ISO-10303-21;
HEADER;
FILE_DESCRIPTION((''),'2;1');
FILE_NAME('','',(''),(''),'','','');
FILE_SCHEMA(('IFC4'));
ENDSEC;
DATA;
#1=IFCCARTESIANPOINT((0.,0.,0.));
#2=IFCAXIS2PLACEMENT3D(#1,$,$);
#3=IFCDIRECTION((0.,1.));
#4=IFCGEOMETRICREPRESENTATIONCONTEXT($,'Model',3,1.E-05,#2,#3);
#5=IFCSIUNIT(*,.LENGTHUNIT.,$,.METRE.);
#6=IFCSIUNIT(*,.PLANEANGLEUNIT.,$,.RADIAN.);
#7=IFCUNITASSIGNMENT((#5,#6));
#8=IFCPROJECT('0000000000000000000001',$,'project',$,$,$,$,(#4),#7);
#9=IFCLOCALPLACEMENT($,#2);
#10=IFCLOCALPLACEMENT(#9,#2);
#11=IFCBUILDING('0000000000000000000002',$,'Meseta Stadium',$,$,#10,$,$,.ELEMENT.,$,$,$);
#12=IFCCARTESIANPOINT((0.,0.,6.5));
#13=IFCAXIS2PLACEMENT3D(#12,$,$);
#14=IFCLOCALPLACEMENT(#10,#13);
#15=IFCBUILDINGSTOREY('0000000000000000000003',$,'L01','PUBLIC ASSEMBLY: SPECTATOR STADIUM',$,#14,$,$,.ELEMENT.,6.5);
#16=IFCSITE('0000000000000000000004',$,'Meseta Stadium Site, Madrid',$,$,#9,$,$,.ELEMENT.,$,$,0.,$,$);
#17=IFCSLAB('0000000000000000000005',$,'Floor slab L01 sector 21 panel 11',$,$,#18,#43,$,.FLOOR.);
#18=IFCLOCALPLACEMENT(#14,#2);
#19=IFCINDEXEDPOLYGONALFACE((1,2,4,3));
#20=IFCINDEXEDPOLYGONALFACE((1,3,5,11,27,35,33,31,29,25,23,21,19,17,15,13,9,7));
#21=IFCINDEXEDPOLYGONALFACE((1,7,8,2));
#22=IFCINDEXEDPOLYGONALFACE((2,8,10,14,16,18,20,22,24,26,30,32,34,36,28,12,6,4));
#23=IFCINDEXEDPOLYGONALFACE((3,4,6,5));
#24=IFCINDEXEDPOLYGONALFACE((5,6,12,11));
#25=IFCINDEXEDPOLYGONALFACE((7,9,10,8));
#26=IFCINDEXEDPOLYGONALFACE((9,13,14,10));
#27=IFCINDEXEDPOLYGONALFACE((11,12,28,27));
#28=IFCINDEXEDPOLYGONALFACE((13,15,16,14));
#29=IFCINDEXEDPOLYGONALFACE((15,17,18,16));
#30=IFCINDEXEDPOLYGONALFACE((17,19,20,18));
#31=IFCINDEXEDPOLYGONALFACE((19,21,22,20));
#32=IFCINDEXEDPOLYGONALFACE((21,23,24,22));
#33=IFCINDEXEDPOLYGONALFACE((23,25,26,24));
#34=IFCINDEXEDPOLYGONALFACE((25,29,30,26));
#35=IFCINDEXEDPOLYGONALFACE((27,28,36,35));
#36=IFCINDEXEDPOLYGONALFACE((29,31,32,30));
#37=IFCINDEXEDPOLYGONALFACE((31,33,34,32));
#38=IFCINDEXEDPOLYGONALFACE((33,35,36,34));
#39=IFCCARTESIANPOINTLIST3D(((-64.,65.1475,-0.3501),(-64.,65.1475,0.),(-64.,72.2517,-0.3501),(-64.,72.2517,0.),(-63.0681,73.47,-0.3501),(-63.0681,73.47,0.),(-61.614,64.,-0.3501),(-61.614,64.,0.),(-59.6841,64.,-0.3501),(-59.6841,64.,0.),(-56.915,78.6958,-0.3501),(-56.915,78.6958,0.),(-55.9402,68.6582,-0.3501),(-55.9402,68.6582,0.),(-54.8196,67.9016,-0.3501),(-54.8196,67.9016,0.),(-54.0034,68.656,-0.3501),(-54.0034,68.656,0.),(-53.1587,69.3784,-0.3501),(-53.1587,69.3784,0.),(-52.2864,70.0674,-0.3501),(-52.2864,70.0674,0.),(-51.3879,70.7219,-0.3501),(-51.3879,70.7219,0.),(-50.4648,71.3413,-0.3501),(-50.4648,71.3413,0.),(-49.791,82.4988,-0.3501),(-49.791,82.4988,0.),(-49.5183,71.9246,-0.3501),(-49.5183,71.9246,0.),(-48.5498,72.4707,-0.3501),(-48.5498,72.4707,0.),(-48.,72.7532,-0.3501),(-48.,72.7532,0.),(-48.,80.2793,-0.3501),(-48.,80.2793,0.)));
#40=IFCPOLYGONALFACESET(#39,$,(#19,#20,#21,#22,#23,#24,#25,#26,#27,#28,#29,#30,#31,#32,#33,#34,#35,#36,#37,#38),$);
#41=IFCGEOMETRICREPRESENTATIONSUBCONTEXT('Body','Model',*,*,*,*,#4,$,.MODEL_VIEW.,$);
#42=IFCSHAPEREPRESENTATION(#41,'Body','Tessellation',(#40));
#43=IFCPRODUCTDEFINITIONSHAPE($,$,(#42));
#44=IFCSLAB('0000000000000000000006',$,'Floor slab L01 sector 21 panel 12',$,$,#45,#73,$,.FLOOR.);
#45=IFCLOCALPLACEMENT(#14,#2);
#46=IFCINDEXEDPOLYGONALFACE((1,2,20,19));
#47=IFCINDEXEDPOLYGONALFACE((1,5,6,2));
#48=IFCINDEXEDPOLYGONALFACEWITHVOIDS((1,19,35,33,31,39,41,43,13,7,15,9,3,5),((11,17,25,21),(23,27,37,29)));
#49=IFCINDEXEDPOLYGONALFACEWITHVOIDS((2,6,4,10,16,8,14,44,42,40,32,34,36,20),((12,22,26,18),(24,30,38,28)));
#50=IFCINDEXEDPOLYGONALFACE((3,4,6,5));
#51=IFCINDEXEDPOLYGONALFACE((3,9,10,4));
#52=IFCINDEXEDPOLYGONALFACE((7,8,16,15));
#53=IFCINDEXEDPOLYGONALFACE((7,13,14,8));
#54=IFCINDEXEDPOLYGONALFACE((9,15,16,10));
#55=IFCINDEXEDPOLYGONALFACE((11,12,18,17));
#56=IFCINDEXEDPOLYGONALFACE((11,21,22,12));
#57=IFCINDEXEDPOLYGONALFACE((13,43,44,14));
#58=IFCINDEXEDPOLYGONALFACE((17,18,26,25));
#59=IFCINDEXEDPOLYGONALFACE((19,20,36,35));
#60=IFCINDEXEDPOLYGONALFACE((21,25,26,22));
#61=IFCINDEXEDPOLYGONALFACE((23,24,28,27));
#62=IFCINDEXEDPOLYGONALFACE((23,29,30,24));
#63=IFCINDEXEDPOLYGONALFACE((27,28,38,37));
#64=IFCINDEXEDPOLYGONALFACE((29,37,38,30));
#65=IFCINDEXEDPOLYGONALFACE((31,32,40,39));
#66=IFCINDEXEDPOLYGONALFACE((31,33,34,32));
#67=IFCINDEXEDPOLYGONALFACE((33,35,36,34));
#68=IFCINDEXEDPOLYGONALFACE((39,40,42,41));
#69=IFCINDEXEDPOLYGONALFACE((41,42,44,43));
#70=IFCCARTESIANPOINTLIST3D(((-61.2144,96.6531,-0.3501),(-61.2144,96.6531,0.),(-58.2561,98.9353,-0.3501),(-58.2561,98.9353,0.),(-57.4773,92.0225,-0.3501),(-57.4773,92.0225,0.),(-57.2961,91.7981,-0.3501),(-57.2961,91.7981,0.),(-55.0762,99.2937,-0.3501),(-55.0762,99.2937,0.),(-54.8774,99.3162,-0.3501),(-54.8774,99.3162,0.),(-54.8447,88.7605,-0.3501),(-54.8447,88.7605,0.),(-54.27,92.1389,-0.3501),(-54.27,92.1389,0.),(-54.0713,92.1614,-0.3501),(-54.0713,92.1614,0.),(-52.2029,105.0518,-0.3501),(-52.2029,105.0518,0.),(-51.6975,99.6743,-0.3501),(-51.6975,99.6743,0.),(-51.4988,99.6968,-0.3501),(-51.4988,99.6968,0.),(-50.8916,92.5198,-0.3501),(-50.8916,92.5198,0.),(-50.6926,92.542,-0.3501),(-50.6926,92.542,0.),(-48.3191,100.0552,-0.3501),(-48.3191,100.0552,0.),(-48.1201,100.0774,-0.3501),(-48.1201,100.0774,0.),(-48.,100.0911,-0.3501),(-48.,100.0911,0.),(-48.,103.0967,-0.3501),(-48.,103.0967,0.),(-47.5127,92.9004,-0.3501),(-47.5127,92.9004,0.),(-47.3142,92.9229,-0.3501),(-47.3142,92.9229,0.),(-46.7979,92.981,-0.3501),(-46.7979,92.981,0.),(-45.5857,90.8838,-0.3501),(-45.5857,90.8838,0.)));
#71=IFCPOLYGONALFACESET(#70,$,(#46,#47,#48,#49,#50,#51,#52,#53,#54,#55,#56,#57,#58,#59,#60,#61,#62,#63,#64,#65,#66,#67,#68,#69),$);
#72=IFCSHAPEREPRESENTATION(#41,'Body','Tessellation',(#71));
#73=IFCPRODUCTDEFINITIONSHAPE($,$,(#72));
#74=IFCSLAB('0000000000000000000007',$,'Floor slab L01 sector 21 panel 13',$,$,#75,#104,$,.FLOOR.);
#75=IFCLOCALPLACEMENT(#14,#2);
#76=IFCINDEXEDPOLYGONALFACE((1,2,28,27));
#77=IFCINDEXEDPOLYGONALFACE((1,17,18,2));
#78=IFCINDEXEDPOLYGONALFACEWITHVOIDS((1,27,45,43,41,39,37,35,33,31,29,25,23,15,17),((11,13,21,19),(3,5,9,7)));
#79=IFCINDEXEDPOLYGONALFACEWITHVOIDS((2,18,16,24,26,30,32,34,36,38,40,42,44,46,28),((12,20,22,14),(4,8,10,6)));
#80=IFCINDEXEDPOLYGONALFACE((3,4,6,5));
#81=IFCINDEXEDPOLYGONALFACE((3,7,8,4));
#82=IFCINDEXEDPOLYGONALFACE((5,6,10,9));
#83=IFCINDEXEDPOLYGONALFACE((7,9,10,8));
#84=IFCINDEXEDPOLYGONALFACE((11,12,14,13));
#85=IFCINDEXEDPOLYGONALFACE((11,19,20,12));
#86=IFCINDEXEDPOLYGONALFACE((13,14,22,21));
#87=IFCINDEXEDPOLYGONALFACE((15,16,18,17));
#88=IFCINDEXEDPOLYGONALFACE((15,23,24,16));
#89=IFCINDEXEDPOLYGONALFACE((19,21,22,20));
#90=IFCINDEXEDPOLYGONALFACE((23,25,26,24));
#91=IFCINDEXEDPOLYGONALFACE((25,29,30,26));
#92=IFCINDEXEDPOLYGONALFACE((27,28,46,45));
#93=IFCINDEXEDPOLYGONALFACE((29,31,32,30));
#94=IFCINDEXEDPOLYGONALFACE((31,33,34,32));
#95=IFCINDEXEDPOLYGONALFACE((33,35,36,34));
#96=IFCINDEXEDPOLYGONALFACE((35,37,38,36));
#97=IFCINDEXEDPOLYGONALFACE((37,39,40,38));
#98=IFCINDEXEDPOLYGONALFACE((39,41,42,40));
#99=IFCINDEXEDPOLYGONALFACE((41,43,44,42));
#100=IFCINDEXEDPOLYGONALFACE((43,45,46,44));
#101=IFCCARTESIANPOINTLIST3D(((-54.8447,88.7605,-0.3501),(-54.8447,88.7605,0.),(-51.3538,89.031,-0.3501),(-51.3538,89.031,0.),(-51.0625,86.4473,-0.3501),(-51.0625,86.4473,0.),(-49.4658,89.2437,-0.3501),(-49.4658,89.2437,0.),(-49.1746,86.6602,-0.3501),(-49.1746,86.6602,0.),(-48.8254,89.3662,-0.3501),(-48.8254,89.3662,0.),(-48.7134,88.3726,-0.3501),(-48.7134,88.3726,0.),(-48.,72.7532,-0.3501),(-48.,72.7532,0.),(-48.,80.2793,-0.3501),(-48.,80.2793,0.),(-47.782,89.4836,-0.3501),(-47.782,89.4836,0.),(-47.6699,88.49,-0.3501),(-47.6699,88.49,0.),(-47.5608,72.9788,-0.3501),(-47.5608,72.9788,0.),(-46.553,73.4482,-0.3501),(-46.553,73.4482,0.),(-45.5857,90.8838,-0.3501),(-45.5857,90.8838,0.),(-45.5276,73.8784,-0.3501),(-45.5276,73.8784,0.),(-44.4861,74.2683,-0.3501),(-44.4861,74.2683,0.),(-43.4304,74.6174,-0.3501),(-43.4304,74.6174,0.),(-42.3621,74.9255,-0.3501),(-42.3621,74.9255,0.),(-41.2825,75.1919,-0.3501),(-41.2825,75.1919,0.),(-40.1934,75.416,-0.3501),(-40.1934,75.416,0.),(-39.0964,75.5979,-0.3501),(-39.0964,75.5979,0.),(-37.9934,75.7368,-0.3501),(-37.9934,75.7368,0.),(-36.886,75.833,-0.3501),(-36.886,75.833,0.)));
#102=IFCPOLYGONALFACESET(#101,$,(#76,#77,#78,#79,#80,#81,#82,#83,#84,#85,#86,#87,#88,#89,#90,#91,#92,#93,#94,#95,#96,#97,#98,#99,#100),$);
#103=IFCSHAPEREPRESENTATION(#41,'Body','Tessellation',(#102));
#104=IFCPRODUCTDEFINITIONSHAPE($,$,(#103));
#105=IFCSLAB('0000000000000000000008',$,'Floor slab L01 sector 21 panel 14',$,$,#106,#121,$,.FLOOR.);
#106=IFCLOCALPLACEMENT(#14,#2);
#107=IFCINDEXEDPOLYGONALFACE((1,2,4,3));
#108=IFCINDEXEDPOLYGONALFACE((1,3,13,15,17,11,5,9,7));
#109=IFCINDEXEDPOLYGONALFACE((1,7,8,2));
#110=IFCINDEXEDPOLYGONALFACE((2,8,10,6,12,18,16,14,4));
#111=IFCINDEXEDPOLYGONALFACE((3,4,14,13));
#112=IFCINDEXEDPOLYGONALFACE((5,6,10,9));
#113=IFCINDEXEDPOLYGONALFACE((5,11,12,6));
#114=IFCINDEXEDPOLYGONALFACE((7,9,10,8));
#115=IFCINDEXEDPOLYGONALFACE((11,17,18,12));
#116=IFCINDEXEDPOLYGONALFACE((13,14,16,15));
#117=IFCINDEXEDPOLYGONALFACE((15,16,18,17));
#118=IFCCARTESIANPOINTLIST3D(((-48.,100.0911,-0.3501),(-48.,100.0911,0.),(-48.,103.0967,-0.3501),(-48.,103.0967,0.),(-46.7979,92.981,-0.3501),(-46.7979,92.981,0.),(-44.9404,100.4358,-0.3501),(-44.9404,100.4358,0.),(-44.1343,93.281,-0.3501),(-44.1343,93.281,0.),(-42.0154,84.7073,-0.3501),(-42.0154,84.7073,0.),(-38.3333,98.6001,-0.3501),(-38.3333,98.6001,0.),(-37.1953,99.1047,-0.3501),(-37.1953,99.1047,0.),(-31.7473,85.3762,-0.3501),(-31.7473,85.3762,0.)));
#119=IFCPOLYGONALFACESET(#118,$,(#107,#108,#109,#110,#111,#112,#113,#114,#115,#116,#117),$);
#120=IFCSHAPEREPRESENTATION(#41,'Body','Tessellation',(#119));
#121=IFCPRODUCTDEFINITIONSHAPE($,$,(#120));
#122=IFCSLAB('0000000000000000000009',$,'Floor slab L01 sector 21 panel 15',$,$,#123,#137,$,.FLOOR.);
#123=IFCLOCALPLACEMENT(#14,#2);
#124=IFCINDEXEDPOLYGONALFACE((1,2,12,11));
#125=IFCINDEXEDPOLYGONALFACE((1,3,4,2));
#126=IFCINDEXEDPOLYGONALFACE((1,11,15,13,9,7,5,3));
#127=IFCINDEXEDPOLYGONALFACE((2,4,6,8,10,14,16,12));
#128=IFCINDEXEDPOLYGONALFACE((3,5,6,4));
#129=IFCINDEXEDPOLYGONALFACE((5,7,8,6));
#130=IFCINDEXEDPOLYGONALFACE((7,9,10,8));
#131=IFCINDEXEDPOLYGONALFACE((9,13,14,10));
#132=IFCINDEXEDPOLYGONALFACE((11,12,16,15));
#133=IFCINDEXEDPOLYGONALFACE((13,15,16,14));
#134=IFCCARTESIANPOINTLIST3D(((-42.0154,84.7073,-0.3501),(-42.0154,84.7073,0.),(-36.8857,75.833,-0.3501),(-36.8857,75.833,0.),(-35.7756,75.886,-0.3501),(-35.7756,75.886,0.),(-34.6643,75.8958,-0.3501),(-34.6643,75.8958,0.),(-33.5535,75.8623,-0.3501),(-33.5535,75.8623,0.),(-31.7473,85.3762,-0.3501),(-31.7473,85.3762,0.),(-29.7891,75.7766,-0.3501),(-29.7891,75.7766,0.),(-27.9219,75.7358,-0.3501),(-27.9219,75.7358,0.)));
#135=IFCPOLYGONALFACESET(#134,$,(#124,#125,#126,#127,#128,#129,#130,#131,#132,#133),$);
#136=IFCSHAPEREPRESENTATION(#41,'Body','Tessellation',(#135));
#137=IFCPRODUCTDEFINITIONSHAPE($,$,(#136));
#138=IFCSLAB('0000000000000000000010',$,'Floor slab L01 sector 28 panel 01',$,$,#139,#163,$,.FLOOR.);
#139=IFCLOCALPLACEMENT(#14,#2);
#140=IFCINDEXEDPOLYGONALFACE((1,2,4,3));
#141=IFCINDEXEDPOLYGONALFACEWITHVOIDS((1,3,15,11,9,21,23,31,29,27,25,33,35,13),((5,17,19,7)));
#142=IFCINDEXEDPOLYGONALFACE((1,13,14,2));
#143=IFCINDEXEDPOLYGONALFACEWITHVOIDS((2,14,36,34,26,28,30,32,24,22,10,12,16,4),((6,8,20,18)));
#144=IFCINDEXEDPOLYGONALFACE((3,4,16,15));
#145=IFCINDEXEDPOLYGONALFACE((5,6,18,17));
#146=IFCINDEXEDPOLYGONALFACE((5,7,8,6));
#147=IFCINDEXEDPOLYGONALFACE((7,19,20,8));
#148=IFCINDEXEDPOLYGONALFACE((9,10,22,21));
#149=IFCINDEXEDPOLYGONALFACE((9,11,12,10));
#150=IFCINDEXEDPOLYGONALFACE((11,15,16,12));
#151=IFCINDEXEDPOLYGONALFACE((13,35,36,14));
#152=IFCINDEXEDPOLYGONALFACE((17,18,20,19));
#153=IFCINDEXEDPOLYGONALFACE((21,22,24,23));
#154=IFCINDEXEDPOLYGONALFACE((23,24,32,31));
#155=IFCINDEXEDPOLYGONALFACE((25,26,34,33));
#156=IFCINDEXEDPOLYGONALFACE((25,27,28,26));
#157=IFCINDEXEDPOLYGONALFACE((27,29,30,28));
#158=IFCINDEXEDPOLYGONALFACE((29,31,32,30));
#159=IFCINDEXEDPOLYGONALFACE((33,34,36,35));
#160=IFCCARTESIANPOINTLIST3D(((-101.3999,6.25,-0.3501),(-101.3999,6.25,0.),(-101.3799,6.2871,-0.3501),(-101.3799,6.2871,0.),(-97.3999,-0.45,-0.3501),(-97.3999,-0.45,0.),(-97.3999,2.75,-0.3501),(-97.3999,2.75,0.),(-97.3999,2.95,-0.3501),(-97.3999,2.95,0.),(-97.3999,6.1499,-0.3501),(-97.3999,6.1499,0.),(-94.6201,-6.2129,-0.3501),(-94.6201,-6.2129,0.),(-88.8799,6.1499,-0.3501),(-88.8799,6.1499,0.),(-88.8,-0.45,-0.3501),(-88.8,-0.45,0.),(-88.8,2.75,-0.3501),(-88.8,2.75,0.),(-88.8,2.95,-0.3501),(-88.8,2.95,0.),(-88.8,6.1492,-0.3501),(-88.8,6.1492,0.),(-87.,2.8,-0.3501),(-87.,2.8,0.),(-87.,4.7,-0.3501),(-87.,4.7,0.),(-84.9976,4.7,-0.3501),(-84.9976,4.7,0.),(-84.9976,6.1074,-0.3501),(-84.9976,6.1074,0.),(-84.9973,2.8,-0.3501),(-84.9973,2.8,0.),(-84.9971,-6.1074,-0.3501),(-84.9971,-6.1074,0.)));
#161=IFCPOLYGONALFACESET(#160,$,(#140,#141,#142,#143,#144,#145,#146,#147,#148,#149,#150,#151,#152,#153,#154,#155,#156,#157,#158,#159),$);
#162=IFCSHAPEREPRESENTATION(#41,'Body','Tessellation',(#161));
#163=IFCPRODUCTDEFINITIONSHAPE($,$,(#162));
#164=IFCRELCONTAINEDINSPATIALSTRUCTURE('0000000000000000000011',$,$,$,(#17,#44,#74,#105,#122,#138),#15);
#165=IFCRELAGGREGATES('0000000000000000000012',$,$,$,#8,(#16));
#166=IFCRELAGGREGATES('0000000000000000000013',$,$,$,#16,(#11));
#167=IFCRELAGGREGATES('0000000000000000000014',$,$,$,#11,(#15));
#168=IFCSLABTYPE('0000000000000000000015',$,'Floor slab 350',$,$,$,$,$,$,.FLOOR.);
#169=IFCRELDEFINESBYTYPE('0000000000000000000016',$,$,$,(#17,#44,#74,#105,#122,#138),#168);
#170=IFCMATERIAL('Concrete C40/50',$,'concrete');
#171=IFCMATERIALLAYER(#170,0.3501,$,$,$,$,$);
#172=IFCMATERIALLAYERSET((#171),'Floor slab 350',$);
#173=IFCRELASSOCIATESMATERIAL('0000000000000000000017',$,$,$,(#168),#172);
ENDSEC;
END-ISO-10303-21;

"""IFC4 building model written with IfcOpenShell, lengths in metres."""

from ifc_helpers import new_model, si_unit, direction, frame, origin, place, context, subcontext, project, spatial, polyline, outline, extrude, material, layer, layer_set, type_object, element, save


model = new_model("IFC4")

# Units and contexts
model_context = context("Model", 3, precision=1e-05, world=origin(), true_north=direction((0.0, 1.0)))
body_context = subcontext(model_context, "Body", "Model", "MODEL_VIEW")
ifc_project = project(units=[si_unit("LENGTHUNIT", "METRE"), si_unit("PLANEANGLEUNIT", "RADIAN")], contexts=[model_context])

# Site, building, storey
site_placement = place(None, origin())
site = spatial("IfcSite", under=ifc_project, at=site_placement, Name="Meseta Stadium Site, Madrid", CompositionType="ELEMENT", RefElevation=0.0)
building_placement = place(site_placement, origin())
building = spatial("IfcBuilding", under=site, at=building_placement, Name="Meseta Stadium", CompositionType="ELEMENT")
storey_placement = place(building_placement, frame((0.0, 0.0, 6.5)))
storey = spatial("IfcBuildingStorey", under=building, at=storey_placement, Name="L01", Description="PUBLIC ASSEMBLY: SPECTATOR STADIUM", CompositionType="ELEMENT", Elevation=6.5)

# Slabs
ifc_material = material(Name="Concrete C40/50", Category="concrete")
ifc_layer = layer(ifc_material, 0.3501)
ifc_layer_set = layer_set([ifc_layer], Name="Floor slab 350")
slab_type = type_object("IfcSlabType", Name="Floor slab 350", PredefinedType="FLOOR", material=ifc_layer_set)
slab_1_placement = place(storey_placement, frame((0.0, 0.0, -0.3501)))
element("IfcSlab", 1, at=slab_1_placement, inside=storey, type_object=slab_type, Name="Floor slab L01 sector 21 panel 11", PredefinedType="FLOOR", context=body_context, shape_type="SweptSolid", body=[
    extrude(outline(polyline([(-50.4648, 71.3413), (-49.5183, 71.9246), (-48.5498, 72.4707), (-48.0, 72.7532), (-48.0, 80.2793), (-49.791, 82.4988), (-56.915, 78.6958), (-63.0681, 73.47), (-64.0, 72.2517), (-64.0, 65.1475), (-61.614, 64.0), (-59.6841, 64.0), (-55.9402, 68.6582), (-54.8196, 67.9016), (-54.0034, 68.656), (-53.1587, 69.3784), (-52.2864, 70.0674), (-51.3879, 70.7219), (-50.4648, 71.3413)])), origin(), (0.0, 0.0, 1.0), 0.3501),
])
slab_2_placement = place(storey_placement, frame((0.0, 0.0, -0.3501)))
element("IfcSlab", 2, at=slab_2_placement, inside=storey, type_object=slab_type, Name="Floor slab L01 sector 21 panel 12", PredefinedType="FLOOR", context=body_context, shape_type="SweptSolid", body=[
    extrude(outline(polyline([(-46.7979, 92.981), (-47.3142, 92.9229), (-48.1201, 100.0774), (-48.0, 100.0911), (-48.0, 103.0967), (-52.2029, 105.0518), (-61.2144, 96.6531), (-57.4773, 92.0225), (-58.2561, 98.9353), (-55.0762, 99.2937), (-54.27, 92.1389), (-57.2961, 91.7981), (-54.8447, 88.7605), (-45.5857, 90.8838), (-46.7979, 92.981)]), holes=[polyline([(-50.6926, 92.542), (-51.4988, 99.6968), (-48.3191, 100.0552), (-47.5127, 92.9004), (-50.6926, 92.542)]), polyline([(-54.8774, 99.3162), (-51.6975, 99.6743), (-50.8916, 92.5198), (-54.0713, 92.1614), (-54.8774, 99.3162)])]), origin(), (0.0, 0.0, 1.0), 0.3501),
])
slab_3_placement = place(storey_placement, frame((0.0, 0.0, -0.3501)))
element("IfcSlab", 3, at=slab_3_placement, inside=storey, type_object=slab_type, Name="Floor slab L01 sector 21 panel 13", PredefinedType="FLOOR", context=body_context, shape_type="SweptSolid", body=[
    extrude(outline(polyline([(-54.8447, 88.7605), (-48.0, 80.2793), (-48.0, 72.7532), (-47.5608, 72.9788), (-46.553, 73.4482), (-45.5276, 73.8784), (-44.4861, 74.2683), (-43.4304, 74.6174), (-42.3621, 74.9255), (-41.2825, 75.1919), (-40.1934, 75.416), (-39.0964, 75.5979), (-37.9934, 75.7368), (-36.886, 75.833), (-45.5857, 90.8838), (-54.8447, 88.7605)]), holes=[polyline([(-48.7134, 88.3726), (-48.8254, 89.3662), (-47.782, 89.4836), (-47.6699, 88.49), (-48.7134, 88.3726)]), polyline([(-49.1746, 86.6602), (-51.0625, 86.4473), (-51.3538, 89.031), (-49.4658, 89.2437), (-49.1746, 86.6602)])]), origin(), (0.0, 0.0, 1.0), 0.3501),
])
slab_4_placement = place(storey_placement, frame((0.0, 0.0, -0.3501)))
element("IfcSlab", 4, at=slab_4_placement, inside=storey, type_object=slab_type, Name="Floor slab L01 sector 21 panel 14", PredefinedType="FLOOR", context=body_context, shape_type="SweptSolid", body=[
    extrude(outline(polyline([(-31.7473, 85.3762), (-37.1953, 99.1047), (-38.3333, 98.6001), (-48.0, 103.0967), (-48.0, 100.0911), (-44.9404, 100.4358), (-44.1343, 93.281), (-46.7979, 92.981), (-42.0154, 84.7073), (-31.7473, 85.3762)])), origin(), (0.0, 0.0, 1.0), 0.3501),
])
slab_5_placement = place(storey_placement, frame((0.0, 0.0, -0.3501)))
element("IfcSlab", 5, at=slab_5_placement, inside=storey, type_object=slab_type, Name="Floor slab L01 sector 21 panel 15", PredefinedType="FLOOR", context=body_context, shape_type="SweptSolid", body=[
    extrude(outline(polyline([(-31.7473, 85.3762), (-42.0154, 84.7073), (-36.8857, 75.833), (-35.7756, 75.886), (-34.6643, 75.8958), (-33.5535, 75.8623), (-29.7891, 75.7766), (-27.9219, 75.7358), (-31.7473, 85.3762)])), origin(), (0.0, 0.0, 1.0), 0.3501),
])
slab_6_placement = place(storey_placement, frame((0.0, 0.0, -0.3501)))
element("IfcSlab", 6, at=slab_6_placement, inside=storey, type_object=slab_type, Name="Floor slab L01 sector 28 panel 01", PredefinedType="FLOOR", context=body_context, shape_type="SweptSolid", body=[
    extrude(outline(polyline([(-88.8799, 6.1499), (-101.3799, 6.2871), (-101.3999, 6.25), (-94.6201, -6.2129), (-84.9971, -6.1074), (-84.9973, 2.8), (-87.0, 2.8), (-87.0, 4.7), (-84.9976, 4.7), (-84.9976, 6.1074), (-88.8, 6.1492), (-88.8, 2.95), (-97.3999, 2.95), (-97.3999, 6.1499), (-88.8799, 6.1499)]), holes=[polyline([(-88.8, 2.75), (-88.8, -0.45), (-97.3999, -0.45), (-97.3999, 2.75), (-88.8, 2.75)])]), origin(), (0.0, 0.0, 1.0), 0.3501),
])

save(model, "model.ifc")
